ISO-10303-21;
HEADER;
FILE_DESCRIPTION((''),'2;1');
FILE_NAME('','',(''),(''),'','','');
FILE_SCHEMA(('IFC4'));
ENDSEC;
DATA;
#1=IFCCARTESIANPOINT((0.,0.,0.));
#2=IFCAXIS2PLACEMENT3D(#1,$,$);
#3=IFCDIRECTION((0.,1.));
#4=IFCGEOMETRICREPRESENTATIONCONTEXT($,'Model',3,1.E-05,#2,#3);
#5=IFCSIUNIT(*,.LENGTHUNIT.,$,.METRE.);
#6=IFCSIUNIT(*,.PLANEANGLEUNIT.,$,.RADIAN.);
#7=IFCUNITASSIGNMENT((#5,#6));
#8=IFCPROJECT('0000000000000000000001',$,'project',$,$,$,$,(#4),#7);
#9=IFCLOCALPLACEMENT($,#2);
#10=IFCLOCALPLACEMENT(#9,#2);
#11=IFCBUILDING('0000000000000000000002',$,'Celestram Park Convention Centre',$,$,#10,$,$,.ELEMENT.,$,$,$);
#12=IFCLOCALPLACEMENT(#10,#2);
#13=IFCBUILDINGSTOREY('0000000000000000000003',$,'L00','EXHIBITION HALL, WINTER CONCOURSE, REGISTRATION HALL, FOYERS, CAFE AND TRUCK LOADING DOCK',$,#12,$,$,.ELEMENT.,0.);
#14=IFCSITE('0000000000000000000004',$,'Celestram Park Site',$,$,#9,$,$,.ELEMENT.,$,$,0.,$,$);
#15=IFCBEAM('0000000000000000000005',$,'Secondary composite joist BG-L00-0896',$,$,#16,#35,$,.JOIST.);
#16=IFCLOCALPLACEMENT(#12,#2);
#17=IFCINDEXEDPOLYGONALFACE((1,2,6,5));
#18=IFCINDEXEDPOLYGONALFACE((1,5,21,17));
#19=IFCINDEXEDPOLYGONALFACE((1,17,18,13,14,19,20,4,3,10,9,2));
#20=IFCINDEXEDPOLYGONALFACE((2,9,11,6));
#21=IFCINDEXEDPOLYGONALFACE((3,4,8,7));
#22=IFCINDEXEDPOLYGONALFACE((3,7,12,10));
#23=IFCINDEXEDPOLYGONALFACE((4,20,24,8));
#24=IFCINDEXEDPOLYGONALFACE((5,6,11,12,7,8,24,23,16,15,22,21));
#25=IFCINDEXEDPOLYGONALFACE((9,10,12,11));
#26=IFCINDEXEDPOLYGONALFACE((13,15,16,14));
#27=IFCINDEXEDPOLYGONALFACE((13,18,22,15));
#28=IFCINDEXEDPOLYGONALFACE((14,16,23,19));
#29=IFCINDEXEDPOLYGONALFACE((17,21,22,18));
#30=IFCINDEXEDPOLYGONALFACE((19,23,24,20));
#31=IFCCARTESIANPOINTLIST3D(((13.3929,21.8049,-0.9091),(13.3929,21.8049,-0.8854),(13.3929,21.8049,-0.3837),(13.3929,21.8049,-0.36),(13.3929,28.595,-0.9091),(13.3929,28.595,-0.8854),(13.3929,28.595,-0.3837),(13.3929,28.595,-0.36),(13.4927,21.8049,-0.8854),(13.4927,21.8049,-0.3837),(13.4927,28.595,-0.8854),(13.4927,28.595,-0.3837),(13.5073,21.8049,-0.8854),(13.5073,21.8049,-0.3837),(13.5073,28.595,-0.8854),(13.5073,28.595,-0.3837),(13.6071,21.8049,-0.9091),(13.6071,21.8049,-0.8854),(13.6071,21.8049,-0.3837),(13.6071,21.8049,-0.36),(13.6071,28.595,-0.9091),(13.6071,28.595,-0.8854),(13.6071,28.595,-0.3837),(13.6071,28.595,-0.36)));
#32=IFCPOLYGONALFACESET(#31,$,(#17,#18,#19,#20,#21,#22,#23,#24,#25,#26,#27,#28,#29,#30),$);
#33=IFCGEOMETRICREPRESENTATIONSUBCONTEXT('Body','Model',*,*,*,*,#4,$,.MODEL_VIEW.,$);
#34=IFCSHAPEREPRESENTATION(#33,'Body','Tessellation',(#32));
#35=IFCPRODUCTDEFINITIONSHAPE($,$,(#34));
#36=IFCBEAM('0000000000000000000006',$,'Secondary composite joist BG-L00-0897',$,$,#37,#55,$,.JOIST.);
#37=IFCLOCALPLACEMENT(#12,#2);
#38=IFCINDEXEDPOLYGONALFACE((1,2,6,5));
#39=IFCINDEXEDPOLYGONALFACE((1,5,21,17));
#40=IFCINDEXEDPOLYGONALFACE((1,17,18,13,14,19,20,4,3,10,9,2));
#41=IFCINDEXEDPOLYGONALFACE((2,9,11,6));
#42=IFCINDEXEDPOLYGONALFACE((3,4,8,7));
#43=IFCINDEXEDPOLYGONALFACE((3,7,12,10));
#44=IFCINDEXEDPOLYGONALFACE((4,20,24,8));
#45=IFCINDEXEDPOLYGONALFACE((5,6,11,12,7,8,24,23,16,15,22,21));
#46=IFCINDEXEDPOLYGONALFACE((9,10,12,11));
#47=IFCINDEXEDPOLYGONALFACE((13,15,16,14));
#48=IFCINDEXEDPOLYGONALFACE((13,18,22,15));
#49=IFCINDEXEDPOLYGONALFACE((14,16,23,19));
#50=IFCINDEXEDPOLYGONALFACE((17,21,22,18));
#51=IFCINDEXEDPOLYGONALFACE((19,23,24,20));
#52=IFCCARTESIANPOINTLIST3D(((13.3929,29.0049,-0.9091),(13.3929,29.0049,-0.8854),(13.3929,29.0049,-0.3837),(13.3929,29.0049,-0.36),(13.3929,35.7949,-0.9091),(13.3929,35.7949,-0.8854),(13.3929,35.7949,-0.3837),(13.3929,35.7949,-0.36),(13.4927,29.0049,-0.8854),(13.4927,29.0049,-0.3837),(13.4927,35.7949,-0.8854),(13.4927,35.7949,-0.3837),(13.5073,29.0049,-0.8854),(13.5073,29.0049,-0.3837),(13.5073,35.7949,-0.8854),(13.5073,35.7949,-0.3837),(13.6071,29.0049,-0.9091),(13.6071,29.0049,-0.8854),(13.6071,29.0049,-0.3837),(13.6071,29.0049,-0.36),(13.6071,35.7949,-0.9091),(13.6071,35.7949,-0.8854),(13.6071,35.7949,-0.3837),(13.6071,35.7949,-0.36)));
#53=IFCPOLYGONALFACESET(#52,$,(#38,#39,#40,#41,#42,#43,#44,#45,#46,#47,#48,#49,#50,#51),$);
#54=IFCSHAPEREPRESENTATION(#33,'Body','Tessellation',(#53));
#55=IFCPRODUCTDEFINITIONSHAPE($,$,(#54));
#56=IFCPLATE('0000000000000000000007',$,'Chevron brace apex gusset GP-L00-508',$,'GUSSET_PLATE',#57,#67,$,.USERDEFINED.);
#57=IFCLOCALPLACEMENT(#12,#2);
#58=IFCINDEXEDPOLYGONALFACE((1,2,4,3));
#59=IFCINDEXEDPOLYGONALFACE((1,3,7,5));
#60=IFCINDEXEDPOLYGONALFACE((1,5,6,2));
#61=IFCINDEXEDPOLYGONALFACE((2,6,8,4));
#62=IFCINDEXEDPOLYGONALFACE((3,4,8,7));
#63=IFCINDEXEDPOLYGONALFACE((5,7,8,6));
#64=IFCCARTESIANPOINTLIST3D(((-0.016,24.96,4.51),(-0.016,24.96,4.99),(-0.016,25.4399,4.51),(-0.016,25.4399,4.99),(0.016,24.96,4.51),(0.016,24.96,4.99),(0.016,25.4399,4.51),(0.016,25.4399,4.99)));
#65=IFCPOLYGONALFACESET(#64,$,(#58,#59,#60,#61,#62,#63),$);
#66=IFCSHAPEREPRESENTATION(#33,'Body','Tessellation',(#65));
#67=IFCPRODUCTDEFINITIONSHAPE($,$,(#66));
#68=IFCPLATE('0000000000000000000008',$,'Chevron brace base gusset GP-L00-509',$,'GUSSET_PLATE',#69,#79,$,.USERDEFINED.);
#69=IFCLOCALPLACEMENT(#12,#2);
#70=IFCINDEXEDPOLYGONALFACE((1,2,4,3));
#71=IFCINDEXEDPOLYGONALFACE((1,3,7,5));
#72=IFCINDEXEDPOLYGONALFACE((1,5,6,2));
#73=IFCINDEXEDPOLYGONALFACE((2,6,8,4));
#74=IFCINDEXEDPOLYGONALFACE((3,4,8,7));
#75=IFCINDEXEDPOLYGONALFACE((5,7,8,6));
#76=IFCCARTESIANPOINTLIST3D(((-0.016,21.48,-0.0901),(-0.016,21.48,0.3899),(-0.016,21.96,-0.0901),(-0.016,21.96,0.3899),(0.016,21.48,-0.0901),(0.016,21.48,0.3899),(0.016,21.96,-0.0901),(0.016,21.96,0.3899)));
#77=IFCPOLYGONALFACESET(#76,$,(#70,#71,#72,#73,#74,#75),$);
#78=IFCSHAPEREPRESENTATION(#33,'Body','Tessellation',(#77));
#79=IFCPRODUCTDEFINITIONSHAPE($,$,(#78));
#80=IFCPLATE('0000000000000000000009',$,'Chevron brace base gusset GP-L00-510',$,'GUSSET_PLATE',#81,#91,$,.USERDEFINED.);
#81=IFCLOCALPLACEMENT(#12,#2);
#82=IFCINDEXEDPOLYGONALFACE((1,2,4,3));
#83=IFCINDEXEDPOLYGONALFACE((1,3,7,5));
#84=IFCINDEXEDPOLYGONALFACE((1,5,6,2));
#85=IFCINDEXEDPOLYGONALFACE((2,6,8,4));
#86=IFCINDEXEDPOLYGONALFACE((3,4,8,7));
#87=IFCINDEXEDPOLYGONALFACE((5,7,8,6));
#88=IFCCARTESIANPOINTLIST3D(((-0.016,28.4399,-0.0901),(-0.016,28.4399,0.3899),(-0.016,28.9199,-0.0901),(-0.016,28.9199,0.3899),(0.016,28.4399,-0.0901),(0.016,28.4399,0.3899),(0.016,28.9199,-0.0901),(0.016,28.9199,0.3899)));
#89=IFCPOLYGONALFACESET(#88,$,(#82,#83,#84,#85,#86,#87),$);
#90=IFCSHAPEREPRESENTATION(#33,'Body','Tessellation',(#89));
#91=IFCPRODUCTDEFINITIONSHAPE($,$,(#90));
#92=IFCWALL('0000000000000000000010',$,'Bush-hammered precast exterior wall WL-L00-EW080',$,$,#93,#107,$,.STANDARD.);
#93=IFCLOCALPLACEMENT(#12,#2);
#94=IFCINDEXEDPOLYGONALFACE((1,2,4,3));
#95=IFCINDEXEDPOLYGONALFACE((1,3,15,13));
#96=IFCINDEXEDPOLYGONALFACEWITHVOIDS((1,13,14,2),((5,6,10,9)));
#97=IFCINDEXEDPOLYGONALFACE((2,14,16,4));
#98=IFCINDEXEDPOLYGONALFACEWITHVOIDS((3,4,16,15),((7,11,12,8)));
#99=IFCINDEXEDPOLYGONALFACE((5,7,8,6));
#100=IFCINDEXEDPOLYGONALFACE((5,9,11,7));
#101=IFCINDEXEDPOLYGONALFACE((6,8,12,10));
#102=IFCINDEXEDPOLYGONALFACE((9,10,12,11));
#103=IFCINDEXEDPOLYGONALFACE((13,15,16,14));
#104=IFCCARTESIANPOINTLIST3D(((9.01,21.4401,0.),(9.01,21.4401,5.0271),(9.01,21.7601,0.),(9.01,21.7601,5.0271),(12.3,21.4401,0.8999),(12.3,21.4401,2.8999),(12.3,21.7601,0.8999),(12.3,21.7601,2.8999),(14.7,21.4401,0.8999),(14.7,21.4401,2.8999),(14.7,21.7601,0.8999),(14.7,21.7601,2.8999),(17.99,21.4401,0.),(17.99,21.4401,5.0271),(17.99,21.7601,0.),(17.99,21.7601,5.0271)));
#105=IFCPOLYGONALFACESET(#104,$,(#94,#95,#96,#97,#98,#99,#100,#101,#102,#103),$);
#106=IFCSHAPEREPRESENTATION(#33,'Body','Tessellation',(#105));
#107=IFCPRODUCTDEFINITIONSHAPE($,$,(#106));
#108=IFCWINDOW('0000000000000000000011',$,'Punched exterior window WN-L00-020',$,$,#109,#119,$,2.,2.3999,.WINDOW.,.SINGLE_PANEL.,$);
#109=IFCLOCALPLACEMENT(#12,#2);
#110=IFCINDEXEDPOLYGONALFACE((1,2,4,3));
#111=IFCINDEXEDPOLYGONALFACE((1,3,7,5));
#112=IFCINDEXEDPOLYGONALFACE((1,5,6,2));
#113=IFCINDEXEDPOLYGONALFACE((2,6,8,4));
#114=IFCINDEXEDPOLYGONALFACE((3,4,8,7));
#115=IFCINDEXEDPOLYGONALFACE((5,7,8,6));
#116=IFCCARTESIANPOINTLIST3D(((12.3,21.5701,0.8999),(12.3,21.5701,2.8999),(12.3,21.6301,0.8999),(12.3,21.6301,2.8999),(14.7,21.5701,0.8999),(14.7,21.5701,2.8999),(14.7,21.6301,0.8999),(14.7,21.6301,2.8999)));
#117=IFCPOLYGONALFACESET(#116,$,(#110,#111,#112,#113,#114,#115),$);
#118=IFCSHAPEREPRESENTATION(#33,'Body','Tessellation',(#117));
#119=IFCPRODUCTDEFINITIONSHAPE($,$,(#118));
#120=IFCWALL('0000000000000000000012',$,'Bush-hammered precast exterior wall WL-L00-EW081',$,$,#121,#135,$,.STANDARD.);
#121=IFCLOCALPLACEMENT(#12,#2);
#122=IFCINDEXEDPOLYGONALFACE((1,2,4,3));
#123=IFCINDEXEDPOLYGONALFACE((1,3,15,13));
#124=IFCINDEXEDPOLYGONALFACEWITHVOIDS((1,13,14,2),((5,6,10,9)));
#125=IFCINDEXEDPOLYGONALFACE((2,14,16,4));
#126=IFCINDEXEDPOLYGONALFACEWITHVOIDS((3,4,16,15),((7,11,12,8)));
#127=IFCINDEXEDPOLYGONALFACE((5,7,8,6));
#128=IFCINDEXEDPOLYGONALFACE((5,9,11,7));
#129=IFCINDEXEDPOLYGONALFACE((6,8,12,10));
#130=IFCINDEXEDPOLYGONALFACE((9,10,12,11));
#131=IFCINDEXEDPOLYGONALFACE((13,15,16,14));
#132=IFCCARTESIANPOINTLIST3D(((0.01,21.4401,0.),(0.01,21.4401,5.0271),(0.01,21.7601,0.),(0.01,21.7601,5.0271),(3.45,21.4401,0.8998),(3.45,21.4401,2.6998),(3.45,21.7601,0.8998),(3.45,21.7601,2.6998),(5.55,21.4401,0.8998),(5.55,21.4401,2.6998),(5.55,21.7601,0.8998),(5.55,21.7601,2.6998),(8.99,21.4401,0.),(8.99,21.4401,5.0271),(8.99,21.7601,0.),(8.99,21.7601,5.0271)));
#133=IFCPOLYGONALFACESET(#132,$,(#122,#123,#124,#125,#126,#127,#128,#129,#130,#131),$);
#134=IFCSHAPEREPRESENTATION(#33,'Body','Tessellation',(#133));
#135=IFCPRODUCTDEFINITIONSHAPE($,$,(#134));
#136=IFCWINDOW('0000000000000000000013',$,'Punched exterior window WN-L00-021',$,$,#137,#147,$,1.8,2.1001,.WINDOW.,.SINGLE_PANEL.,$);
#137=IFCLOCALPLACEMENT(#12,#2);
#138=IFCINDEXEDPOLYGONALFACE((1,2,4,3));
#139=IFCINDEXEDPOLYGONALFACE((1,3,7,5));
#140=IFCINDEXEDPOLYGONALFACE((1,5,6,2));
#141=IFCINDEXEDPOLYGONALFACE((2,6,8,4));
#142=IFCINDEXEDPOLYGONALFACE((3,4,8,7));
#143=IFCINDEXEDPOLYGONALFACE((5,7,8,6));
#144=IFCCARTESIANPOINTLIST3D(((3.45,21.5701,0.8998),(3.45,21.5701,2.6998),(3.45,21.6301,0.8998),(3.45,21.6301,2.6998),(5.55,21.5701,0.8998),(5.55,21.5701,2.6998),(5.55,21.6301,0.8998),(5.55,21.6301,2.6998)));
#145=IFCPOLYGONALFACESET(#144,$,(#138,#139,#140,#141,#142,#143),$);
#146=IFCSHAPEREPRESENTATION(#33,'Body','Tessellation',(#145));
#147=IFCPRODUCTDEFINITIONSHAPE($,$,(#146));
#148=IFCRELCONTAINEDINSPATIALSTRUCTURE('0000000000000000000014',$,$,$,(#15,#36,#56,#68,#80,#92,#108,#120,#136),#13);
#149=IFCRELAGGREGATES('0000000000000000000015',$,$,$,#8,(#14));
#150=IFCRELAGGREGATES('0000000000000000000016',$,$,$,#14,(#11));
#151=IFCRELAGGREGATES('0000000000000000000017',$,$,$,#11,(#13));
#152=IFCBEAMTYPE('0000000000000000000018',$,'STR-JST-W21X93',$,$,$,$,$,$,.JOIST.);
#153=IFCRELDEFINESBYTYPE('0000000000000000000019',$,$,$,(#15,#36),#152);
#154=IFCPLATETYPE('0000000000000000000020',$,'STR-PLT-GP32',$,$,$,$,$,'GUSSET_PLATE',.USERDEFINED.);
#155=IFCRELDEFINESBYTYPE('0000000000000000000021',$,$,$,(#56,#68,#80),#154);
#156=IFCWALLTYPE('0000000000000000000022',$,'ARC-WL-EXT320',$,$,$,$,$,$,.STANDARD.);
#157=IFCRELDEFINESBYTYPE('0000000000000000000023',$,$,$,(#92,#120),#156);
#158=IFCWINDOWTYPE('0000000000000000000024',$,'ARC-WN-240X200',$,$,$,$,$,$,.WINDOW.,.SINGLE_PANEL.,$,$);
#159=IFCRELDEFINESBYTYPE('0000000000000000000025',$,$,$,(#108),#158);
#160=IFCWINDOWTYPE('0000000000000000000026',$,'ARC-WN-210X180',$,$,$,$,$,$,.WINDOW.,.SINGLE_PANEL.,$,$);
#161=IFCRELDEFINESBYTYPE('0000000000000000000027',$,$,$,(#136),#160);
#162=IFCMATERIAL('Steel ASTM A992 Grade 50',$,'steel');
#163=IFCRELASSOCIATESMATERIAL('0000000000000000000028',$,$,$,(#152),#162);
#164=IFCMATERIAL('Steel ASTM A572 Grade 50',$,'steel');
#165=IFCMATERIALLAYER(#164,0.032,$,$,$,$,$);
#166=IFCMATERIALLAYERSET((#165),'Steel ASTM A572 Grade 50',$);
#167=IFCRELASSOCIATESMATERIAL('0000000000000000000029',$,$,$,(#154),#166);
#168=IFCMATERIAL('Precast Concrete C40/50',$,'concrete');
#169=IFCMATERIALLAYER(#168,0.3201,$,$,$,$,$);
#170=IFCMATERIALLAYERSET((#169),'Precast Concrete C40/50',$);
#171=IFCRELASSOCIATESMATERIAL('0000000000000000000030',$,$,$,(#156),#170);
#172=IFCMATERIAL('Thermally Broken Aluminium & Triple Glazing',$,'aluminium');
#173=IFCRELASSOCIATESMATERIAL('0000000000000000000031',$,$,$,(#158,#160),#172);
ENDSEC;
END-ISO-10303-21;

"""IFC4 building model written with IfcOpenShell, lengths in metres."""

from ifc_helpers import new_model, si_unit, direction, frame, frame_2d, origin, origin_2d, place, context, subcontext, project, spatial, rectangle, i_section, extrude, material, layer, layer_set, material_profile, profile_set, type_object, element, fill, save


model = new_model("IFC4")

# Units and contexts
model_context = context("Model", 3, precision=1e-05, world=origin(), true_north=direction((0.0, 1.0)))
body_context = subcontext(model_context, "Body", "Model", "MODEL_VIEW")
ifc_project = project(units=[si_unit("LENGTHUNIT", "METRE"), si_unit("PLANEANGLEUNIT", "RADIAN")], contexts=[model_context])

# Site, building, storey
site_placement = place(None, origin())
site = spatial("IfcSite", under=ifc_project, at=site_placement, Name="Celestram Park Site", CompositionType="ELEMENT", RefElevation=0.0)
building_placement = place(site_placement, origin())
building = spatial("IfcBuilding", under=site, at=building_placement, Name="Celestram Park Convention Centre", CompositionType="ELEMENT")
storey_placement = place(building_placement, origin())
storey = spatial("IfcBuildingStorey", under=building, at=storey_placement, Name="L00", Description="EXHIBITION HALL, WINTER CONCOURSE, REGISTRATION HALL, FOYERS, CAFE AND TRUCK LOADING DOCK", CompositionType="ELEMENT", Elevation=0.0)

# Shared definitions
ifc_material_1 = material(Name="Steel ASTM A992 Grade 50", Category="steel")

# Beams
ifc_material_profile_1 = material_profile(ifc_material_1, i_section(OverallWidth=0.2141, OverallDepth=0.5491, WebThickness=0.0146, FlangeThickness=0.0237, at=origin_2d()), Name="W21X93")
ifc_profile_set_1 = profile_set([ifc_material_profile_1], Name="Steel ASTM A992 Grade 50")
beam_type_1 = type_object("IfcBeamType", Name="STR-JST-W21X93", PredefinedType="JOIST", material=ifc_profile_set_1)
for number, where, z_axis, x_axis, name in (
    (1, (13.5, 21.8049, -0.6345), (0.0, 1.0, 0.0), (-1.0, 0.0, 0.0), "Secondary composite joist BG-L00-0896"),
    (2, (13.5, 29.0049, -0.6345), (0.0, 1.0, 0.0), (-1.0, 0.0, 0.0), "Secondary composite joist BG-L00-0897"),
):
    element("IfcBeam", number, at=place(storey_placement, frame(where, z_axis=z_axis, x_axis=x_axis)), inside=storey, type_object=beam_type_1, Name=name, PredefinedType="JOIST", context=body_context, shape_type="SweptSolid", body=[
        extrude(i_section(OverallWidth=0.2141, OverallDepth=0.5491, WebThickness=0.0146, FlangeThickness=0.0237, at=origin_2d()), origin(), (0.0, 0.0, 1.0), 6.79),
    ])

# Plates
ifc_material_2 = material(Name="Steel ASTM A572 Grade 50", Category="steel")
ifc_layer_1 = layer(ifc_material_2, 0.032)
ifc_layer_set_1 = layer_set([ifc_layer_1], Name="Steel ASTM A572 Grade 50")
plate_type = type_object("IfcPlateType", Name="STR-PLT-GP32", ElementType="GUSSET_PLATE", PredefinedType="USERDEFINED", material=ifc_layer_set_1)
for number, where, z_axis, x_axis, name in (
    (3, (0.0, 25.2, 4.51), (0.0, 0.0, 1.0), (0.0, 1.0, 0.0), "Chevron brace apex gusset GP-L00-508"),
    (4, (0.0, 21.72, -0.0901), (0.0, 0.0, 1.0), (0.0, 1.0, 0.0), "Chevron brace base gusset GP-L00-509"),
    (5, (0.0, 28.6799, -0.0901), (0.0, 0.0, 1.0), (0.0, 1.0, 0.0), "Chevron brace base gusset GP-L00-510"),
):
    element("IfcPlate", number, at=place(storey_placement, frame(where, z_axis=z_axis, x_axis=x_axis)), inside=storey, type_object=plate_type, Name=name, ObjectType="GUSSET_PLATE", PredefinedType="USERDEFINED", context=body_context, shape_type="SweptSolid", body=[
        extrude(rectangle(XDim=0.48, YDim=0.032, at=origin_2d()), origin(), (0.0, 0.0, 1.0), 0.48),
    ])

# Shared definitions
ifc_material_3 = material(Name="Precast Concrete C40/50", Category="concrete")
ifc_layer_2 = layer(ifc_material_3, 0.3201)
ifc_layer_set_2 = layer_set([ifc_layer_2], Name="Precast Concrete C40/50")
wall_type = type_object("IfcWallType", Name="ARC-WL-EXT320", PredefinedType="STANDARD", material=ifc_layer_set_2)

# Walls, openings, windows
wall_1_placement = place(storey_placement, frame((17.99, 21.6001, 0.0), z_axis=(0.0, 0.0, 1.0), x_axis=(-1.0, 0.0, 0.0)))
wall_1 = element("IfcWall", 6, at=wall_1_placement, inside=storey, type_object=wall_type, Name="Bush-hammered precast exterior wall WL-L00-EW080", PredefinedType="STANDARD", context=body_context, shape_type="SweptSolid", body=[
    extrude(rectangle(XDim=8.98, YDim=0.3201, at=frame_2d((4.49, 0.0))), origin(), (0.0, 0.0, 1.0), 5.0271),
])
opening_1_placement = place(wall_1_placement, frame((3.29, 0.0, 0.8999)))
opening_1 = element("IfcOpeningElement", 7, at=opening_1_placement, cuts=wall_1, PredefinedType="OPENING", context=body_context, shape_type="SweptSolid", body=[
    extrude(rectangle(XDim=2.3999, YDim=2.0, at=frame_2d((1.2, 1.0))), frame((0.0, 0.1699, 0.0), z_axis=(0.0, -1.0, 0.0), x_axis=(1.0, 0.0, 0.0)), (0.0, 0.0, 1.0), 0.3401),
])
ifc_material_4 = material(Name="Thermally Broken Aluminium & Triple Glazing", Category="aluminium")
window_type_1 = type_object("IfcWindowType", Name="ARC-WN-240X200", PartitioningType="SINGLE_PANEL", PredefinedType="WINDOW", material=ifc_material_4)
window_1_placement = place(opening_1_placement, origin())
window_1 = element("IfcWindow", 8, at=window_1_placement, inside=storey, type_object=window_type_1, Name="Punched exterior window WN-L00-020", OverallHeight=2.0, OverallWidth=2.3999, PartitioningType="SINGLE_PANEL", PredefinedType="WINDOW", context=body_context, shape_type="SweptSolid", body=[
    extrude(rectangle(XDim=2.3999, YDim=2.0, at=frame_2d((1.2, 1.0))), frame((0.0, 0.03, 0.0), z_axis=(0.0, -1.0, 0.0), x_axis=(1.0, 0.0, 0.0)), (0.0, 0.0, 1.0), 0.0601),
])
fill(opening_1, window_1)
wall_2_placement = place(storey_placement, frame((8.99, 21.6001, 0.0), z_axis=(0.0, 0.0, 1.0), x_axis=(-1.0, 0.0, 0.0)))
wall_2 = element("IfcWall", 9, at=wall_2_placement, inside=storey, type_object=wall_type, Name="Bush-hammered precast exterior wall WL-L00-EW081", PredefinedType="STANDARD", context=body_context, shape_type="SweptSolid", body=[
    extrude(rectangle(XDim=8.98, YDim=0.3201, at=frame_2d((4.49, 0.0))), origin(), (0.0, 0.0, 1.0), 5.0271),
])
opening_2_placement = place(wall_2_placement, frame((3.4399, 0.0, 0.8999)))
opening_2 = element("IfcOpeningElement", 10, at=opening_2_placement, cuts=wall_2, PredefinedType="OPENING", context=body_context, shape_type="SweptSolid", body=[
    extrude(rectangle(XDim=2.1001, YDim=1.8, at=frame_2d((1.05, 0.8999))), frame((0.0, 0.1699, 0.0), z_axis=(0.0, -1.0, 0.0), x_axis=(1.0, 0.0, 0.0)), (0.0, 0.0, 1.0), 0.3401),
])
window_type_2 = type_object("IfcWindowType", Name="ARC-WN-210X180", PartitioningType="SINGLE_PANEL", PredefinedType="WINDOW", material=ifc_material_4)
window_2_placement = place(opening_2_placement, origin())
window_2 = element("IfcWindow", 11, at=window_2_placement, inside=storey, type_object=window_type_2, Name="Punched exterior window WN-L00-021", OverallHeight=1.8, OverallWidth=2.1001, PartitioningType="SINGLE_PANEL", PredefinedType="WINDOW", context=body_context, shape_type="SweptSolid", body=[
    extrude(rectangle(XDim=2.1001, YDim=1.8, at=frame_2d((1.05, 0.8999))), frame((0.0, 0.03, 0.0), z_axis=(0.0, -1.0, 0.0), x_axis=(1.0, 0.0, 0.0)), (0.0, 0.0, 1.0), 0.0601),
])
fill(opening_2, window_2)

save(model, "model.ifc")
